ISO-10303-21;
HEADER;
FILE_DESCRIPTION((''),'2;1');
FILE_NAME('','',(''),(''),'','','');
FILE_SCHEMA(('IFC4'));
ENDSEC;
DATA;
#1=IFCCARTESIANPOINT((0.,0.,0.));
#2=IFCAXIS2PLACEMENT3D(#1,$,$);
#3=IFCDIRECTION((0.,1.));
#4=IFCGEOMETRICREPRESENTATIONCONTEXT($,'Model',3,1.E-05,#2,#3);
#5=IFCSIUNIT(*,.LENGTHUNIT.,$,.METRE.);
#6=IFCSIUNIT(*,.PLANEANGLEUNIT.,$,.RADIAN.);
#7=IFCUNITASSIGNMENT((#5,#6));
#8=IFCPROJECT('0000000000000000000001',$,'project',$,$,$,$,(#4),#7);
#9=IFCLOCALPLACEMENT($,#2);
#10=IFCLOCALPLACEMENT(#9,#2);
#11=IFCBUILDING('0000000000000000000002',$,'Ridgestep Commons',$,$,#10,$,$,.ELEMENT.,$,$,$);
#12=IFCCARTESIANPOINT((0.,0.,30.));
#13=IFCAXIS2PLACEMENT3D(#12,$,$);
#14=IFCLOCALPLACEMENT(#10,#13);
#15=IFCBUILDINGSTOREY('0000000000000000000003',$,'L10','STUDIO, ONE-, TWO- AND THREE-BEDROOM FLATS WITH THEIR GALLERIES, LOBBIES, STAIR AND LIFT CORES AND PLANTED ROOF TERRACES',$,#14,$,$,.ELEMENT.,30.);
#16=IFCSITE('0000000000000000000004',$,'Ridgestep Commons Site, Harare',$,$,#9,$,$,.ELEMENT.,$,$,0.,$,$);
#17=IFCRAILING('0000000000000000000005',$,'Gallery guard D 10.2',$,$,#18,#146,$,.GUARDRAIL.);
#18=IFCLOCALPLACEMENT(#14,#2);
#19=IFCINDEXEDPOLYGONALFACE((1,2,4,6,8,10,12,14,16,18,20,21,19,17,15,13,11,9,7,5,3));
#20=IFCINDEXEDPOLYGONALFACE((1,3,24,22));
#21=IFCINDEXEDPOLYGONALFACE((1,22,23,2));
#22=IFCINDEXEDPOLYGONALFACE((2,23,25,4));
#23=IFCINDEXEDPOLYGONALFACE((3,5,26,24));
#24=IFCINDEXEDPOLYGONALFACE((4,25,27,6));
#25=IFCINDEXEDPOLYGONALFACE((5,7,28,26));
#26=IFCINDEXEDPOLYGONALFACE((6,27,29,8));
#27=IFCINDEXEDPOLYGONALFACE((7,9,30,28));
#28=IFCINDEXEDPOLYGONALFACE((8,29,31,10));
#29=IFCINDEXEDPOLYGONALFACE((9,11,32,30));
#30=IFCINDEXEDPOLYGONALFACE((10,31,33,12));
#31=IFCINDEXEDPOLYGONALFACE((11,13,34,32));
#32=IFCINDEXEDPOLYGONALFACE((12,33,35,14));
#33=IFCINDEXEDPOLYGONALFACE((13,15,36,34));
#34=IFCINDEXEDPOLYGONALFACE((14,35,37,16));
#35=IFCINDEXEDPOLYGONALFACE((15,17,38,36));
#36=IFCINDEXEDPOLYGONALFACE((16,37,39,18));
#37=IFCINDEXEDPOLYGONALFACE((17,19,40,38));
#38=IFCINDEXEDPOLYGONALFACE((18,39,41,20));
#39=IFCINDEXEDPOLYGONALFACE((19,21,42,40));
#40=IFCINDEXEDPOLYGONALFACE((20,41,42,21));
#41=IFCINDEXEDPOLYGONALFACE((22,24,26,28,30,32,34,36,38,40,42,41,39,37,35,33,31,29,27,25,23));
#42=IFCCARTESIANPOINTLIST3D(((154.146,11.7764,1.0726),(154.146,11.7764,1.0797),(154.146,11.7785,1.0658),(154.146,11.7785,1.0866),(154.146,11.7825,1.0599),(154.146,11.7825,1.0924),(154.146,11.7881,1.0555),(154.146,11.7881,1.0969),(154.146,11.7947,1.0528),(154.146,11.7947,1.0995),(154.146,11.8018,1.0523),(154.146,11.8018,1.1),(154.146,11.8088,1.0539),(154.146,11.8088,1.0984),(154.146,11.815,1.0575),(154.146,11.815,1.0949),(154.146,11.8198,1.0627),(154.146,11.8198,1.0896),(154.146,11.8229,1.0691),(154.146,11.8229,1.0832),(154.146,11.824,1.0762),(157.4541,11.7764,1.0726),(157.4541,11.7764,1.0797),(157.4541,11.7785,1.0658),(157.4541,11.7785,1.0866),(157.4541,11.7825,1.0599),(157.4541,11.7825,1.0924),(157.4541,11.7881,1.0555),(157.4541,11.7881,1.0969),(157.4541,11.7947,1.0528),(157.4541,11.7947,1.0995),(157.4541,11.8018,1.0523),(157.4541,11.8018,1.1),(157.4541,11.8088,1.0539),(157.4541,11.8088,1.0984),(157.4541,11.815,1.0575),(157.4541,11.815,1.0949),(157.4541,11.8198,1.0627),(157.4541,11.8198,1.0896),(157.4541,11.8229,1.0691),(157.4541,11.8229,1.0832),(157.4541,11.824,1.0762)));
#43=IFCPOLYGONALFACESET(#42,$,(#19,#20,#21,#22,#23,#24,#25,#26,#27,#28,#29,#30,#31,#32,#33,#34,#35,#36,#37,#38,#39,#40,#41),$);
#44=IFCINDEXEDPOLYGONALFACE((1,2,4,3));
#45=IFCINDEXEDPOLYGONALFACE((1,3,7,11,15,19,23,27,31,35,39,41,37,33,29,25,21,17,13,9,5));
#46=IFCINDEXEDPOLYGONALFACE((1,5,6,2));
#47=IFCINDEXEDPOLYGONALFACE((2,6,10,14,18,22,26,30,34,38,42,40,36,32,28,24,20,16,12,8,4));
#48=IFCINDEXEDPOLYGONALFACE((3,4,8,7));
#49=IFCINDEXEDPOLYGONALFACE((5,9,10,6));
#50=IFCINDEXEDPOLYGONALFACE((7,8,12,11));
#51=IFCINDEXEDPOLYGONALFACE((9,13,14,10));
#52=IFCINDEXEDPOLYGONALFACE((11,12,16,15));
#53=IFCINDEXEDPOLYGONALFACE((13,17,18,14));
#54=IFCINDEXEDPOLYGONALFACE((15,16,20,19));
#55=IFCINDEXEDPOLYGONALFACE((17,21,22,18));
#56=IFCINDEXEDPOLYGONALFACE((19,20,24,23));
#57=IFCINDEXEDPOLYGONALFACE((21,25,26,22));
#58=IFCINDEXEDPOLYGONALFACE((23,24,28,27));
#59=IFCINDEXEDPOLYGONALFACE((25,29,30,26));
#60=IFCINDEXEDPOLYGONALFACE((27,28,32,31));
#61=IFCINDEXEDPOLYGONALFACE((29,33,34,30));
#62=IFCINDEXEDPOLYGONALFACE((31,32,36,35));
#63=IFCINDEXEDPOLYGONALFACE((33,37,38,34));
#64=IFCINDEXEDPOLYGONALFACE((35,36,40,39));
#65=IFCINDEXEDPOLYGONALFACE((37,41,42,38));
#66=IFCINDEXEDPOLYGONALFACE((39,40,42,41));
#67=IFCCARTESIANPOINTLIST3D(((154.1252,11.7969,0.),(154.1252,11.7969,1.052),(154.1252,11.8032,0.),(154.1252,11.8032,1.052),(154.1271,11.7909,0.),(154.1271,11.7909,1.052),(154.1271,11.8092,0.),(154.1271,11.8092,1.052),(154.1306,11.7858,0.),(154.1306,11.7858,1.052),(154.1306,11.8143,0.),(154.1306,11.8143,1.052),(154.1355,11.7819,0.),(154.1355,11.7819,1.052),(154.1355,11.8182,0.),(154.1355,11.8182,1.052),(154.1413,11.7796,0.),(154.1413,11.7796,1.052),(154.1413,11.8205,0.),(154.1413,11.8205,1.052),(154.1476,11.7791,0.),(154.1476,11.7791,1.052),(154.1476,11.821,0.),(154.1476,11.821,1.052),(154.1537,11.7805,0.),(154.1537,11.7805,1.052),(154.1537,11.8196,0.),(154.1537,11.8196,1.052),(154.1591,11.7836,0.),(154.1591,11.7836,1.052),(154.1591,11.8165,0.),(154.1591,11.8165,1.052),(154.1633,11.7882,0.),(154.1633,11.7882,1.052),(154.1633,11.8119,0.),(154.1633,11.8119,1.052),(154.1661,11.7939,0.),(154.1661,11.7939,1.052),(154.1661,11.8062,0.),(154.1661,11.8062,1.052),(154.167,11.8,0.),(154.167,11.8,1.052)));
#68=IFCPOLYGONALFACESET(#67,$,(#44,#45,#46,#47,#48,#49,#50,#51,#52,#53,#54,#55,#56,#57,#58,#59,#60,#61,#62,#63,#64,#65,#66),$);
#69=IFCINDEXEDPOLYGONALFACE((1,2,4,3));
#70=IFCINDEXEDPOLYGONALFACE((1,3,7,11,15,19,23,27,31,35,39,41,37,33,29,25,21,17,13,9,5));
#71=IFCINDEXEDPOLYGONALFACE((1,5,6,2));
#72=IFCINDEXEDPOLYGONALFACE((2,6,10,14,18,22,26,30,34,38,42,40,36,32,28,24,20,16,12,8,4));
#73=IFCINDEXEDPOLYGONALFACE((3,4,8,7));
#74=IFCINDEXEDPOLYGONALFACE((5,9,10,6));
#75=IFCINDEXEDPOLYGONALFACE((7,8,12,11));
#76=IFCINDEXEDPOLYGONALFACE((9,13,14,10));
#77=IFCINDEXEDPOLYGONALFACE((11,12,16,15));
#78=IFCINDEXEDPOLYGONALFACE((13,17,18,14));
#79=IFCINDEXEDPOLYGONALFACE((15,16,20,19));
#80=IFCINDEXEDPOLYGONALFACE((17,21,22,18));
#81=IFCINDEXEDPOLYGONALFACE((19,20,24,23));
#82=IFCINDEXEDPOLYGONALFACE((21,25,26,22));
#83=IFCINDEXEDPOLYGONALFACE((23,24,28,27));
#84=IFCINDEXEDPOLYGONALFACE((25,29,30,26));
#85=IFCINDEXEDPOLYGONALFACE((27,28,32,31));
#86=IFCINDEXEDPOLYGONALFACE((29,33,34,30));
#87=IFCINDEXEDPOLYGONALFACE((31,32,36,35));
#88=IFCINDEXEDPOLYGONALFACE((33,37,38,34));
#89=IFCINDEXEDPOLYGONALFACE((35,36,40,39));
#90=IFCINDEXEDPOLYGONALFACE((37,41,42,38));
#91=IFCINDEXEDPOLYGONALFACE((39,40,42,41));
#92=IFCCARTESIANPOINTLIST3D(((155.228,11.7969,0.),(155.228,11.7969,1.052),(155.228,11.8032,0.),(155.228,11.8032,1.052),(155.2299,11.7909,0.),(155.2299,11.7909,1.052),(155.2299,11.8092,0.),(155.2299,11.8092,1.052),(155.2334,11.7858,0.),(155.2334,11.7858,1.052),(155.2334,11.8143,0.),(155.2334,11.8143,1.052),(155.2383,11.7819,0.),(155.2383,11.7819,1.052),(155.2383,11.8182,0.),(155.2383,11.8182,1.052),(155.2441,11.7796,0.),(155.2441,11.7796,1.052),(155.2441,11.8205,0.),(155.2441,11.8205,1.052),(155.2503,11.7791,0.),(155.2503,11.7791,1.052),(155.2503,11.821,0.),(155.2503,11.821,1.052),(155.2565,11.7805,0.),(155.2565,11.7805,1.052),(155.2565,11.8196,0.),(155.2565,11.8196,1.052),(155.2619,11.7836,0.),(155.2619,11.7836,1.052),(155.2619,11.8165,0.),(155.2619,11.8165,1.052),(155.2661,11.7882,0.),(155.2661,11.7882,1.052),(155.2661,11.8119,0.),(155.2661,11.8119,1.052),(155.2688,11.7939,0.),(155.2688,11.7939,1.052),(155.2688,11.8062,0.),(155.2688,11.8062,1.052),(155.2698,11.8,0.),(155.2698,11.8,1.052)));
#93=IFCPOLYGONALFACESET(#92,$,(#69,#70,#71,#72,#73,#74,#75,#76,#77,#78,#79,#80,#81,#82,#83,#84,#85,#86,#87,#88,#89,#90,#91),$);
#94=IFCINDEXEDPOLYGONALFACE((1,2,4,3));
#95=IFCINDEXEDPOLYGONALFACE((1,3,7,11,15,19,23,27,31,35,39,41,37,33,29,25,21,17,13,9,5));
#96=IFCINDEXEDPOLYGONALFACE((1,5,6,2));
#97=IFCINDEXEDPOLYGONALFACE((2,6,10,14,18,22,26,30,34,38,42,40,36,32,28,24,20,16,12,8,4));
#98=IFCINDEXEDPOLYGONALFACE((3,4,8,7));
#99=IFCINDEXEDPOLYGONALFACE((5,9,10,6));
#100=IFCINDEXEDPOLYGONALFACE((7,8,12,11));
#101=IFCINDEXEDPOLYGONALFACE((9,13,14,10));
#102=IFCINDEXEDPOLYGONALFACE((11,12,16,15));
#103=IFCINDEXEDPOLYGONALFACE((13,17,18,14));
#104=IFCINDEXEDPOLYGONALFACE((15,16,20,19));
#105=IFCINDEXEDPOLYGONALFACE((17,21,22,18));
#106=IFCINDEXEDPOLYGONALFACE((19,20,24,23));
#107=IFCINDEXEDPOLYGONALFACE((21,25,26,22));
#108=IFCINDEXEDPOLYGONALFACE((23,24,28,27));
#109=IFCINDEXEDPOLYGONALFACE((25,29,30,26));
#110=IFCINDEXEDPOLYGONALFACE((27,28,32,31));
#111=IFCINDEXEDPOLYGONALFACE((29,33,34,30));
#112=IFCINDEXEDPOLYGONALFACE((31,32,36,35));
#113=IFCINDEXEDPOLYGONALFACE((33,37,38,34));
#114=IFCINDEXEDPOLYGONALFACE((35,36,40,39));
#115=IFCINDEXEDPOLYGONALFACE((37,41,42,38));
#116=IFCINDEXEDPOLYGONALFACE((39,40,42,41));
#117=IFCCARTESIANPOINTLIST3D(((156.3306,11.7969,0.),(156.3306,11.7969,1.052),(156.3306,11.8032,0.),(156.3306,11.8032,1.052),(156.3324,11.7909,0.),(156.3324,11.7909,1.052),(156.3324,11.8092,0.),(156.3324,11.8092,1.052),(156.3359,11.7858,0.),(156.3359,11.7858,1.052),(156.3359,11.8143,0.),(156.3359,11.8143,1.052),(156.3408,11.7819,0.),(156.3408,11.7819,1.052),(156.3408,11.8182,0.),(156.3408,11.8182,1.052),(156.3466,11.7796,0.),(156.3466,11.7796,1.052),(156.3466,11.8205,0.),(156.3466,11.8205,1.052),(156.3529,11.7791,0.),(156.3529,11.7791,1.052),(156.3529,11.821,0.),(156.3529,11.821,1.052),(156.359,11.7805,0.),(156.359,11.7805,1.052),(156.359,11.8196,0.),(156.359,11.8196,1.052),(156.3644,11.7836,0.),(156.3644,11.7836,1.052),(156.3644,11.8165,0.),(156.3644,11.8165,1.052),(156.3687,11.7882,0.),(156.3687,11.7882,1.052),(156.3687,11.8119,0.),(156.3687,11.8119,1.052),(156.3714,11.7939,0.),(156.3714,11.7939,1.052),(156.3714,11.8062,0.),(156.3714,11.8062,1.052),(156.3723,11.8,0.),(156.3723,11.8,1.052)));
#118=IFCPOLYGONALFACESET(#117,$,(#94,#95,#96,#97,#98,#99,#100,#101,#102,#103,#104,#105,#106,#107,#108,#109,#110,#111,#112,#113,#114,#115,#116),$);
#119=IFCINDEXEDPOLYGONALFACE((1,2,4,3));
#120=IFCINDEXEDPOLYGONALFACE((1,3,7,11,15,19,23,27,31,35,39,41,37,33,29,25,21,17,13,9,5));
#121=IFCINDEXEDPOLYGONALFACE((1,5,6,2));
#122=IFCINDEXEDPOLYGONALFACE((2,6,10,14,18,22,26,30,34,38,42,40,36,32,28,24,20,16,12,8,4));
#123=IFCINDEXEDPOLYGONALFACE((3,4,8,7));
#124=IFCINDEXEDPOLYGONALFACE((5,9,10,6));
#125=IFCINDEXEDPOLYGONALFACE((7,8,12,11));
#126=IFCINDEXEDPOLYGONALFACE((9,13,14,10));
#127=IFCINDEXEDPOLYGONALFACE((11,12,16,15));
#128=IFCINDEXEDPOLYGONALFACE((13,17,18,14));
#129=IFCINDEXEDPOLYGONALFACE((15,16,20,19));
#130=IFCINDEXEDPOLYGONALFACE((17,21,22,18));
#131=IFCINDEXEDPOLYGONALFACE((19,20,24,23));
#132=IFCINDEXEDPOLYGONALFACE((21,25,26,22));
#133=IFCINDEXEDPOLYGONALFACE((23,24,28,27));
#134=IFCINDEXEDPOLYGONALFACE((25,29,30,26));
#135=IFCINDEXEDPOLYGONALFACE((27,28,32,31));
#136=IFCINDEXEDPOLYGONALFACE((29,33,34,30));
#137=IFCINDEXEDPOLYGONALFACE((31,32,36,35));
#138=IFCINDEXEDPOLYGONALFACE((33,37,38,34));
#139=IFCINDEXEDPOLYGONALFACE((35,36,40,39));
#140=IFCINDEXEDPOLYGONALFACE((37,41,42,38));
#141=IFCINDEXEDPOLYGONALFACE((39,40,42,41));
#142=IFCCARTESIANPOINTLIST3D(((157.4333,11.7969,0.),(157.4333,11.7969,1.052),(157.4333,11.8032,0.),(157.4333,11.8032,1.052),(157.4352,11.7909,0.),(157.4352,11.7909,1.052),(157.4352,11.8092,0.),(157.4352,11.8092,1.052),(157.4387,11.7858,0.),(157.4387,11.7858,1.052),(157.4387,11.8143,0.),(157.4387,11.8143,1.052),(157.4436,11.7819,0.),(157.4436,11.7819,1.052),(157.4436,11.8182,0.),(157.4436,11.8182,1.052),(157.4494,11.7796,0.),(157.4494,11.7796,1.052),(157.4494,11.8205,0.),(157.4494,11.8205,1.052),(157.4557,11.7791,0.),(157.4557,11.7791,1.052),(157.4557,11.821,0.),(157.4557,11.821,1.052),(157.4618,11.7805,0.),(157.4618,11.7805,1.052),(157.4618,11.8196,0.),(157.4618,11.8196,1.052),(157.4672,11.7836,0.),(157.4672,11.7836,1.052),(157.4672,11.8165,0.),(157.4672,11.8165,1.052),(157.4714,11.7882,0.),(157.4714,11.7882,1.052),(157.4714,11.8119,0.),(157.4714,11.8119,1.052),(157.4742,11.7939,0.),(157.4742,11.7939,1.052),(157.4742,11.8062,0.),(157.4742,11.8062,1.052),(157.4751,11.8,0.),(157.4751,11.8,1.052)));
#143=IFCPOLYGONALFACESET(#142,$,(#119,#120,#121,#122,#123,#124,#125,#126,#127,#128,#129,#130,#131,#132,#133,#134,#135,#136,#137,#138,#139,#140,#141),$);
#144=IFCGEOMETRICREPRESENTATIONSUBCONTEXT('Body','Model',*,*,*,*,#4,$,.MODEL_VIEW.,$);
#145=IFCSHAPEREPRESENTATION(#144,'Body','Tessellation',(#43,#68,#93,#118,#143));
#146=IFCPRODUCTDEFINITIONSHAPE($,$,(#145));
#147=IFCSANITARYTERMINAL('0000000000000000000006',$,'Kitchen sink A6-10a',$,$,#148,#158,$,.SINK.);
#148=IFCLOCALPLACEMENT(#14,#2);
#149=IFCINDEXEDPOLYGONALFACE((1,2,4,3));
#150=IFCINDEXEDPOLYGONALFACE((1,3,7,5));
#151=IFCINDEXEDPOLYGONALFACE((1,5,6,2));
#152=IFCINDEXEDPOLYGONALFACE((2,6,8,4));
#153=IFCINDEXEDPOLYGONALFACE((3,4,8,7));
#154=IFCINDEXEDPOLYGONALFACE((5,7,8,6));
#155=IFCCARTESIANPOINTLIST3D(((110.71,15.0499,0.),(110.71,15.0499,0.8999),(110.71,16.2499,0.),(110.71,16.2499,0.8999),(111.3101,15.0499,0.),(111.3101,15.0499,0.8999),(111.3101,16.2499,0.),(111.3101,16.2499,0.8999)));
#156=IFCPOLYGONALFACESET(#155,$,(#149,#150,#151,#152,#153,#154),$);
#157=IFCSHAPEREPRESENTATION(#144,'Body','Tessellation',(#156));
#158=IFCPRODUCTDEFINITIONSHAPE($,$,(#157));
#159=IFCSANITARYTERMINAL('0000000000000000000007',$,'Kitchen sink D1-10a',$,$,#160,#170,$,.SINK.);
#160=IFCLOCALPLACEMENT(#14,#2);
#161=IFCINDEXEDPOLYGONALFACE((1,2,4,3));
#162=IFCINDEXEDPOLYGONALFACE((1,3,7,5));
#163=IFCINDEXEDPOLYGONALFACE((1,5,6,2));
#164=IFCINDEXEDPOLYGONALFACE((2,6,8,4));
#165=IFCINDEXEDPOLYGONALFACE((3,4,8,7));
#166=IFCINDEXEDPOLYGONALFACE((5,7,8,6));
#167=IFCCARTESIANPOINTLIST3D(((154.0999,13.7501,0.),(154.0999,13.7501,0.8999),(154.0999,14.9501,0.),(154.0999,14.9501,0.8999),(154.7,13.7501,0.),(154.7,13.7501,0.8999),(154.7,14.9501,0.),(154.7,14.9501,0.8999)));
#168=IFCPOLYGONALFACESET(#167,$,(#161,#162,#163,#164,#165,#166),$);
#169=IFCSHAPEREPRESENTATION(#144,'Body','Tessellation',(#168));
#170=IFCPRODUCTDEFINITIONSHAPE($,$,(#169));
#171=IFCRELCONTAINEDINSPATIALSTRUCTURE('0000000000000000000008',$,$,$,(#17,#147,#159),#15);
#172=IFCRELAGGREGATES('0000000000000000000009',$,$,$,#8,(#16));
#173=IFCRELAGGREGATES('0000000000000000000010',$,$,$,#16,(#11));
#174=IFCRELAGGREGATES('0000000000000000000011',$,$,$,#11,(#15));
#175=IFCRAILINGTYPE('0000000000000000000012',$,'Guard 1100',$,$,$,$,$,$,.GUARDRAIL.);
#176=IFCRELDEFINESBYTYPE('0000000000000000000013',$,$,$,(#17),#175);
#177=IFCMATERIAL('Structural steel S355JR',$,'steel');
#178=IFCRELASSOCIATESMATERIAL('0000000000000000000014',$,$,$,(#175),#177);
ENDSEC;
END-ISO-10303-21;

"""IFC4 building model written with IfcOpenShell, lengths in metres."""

from ifc_helpers import new_model, si_unit, direction, frame, origin, origin_2d, place, context, subcontext, project, spatial, rectangle, circle, extrude, material, type_object, element, save


model = new_model("IFC4")

# Units and contexts
model_context = context("Model", 3, precision=1e-05, world=origin(), true_north=direction((0.0, 1.0)))
body_context = subcontext(model_context, "Body", "Model", "MODEL_VIEW")
ifc_project = project(units=[si_unit("LENGTHUNIT", "METRE"), si_unit("PLANEANGLEUNIT", "RADIAN")], contexts=[model_context])

# Site, building, storey
site_placement = place(None, origin())
site = spatial("IfcSite", under=ifc_project, at=site_placement, Name="Ridgestep Commons Site, Harare", CompositionType="ELEMENT", RefElevation=0.0)
building_placement = place(site_placement, origin())
building = spatial("IfcBuilding", under=site, at=building_placement, Name="Ridgestep Commons", CompositionType="ELEMENT")
storey_placement = place(building_placement, frame((0.0, 0.0, 30.0)))
storey = spatial("IfcBuildingStorey", under=building, at=storey_placement, Name="L10", Description="STUDIO, ONE-, TWO- AND THREE-BEDROOM FLATS WITH THEIR GALLERIES, LOBBIES, STAIR AND LIFT CORES AND PLANTED ROOF TERRACES", CompositionType="ELEMENT", Elevation=30.0)

# Railing
ifc_material_1 = material(Name="Structural steel S355JR", Category="steel")
railing_type = type_object("IfcRailingType", Name="Guard 1100", PredefinedType="GUARDRAIL", material=ifc_material_1)
railing_1_placement = place(storey_placement, frame((154.146, 11.8, 0.0)))
element("IfcRailing", 1, at=railing_1_placement, inside=storey, type_object=railing_type, Name="Gallery guard D 10.2", PredefinedType="GUARDRAIL", context=body_context, shape_type="SweptSolid", body=[
    extrude(circle(Radius=0.0239, at=origin_2d()), frame((0.0, 0.0, 1.0762), z_axis=(1.0, 0.0, 0.0), x_axis=(0.0, 1.0, 0.0)), (0.0, 0.0, 1.0), 3.3081),
    extrude(circle(Radius=0.021, at=origin_2d()), origin(), (0.0, 0.0, 1.0), 1.052),
    extrude(circle(Radius=0.021, at=origin_2d()), frame((1.1028, 0.0, 0.0)), (0.0, 0.0, 1.0), 1.052),
    extrude(circle(Radius=0.021, at=origin_2d()), frame((2.2053, 0.0, 0.0)), (0.0, 0.0, 1.0), 1.052),
    extrude(circle(Radius=0.021, at=origin_2d()), frame((3.3081, 0.0, 0.0)), (0.0, 0.0, 1.0), 1.052),
])

# Sanitary terminals
for number, where, z_axis, x_axis, name in (
    (2, (111.01, 15.6499, 0.0), (0.0, 0.0, 1.0), (1.0, 0.0, 0.0), "Kitchen sink A6-10a"),
    (3, (154.3999, 14.3501, 0.0), (0.0, 0.0, 1.0), (1.0, 0.0, 0.0), "Kitchen sink D1-10a"),
):
    element("IfcSanitaryTerminal", number, at=place(storey_placement, frame(where, z_axis=z_axis, x_axis=x_axis)), inside=storey, Name=name, PredefinedType="SINK", context=body_context, shape_type="SweptSolid", body=[
        extrude(rectangle(XDim=0.6001, YDim=1.2, at=origin_2d()), origin(), (0.0, 0.0, 1.0), 0.8999),
    ])

save(model, "model.ifc")
